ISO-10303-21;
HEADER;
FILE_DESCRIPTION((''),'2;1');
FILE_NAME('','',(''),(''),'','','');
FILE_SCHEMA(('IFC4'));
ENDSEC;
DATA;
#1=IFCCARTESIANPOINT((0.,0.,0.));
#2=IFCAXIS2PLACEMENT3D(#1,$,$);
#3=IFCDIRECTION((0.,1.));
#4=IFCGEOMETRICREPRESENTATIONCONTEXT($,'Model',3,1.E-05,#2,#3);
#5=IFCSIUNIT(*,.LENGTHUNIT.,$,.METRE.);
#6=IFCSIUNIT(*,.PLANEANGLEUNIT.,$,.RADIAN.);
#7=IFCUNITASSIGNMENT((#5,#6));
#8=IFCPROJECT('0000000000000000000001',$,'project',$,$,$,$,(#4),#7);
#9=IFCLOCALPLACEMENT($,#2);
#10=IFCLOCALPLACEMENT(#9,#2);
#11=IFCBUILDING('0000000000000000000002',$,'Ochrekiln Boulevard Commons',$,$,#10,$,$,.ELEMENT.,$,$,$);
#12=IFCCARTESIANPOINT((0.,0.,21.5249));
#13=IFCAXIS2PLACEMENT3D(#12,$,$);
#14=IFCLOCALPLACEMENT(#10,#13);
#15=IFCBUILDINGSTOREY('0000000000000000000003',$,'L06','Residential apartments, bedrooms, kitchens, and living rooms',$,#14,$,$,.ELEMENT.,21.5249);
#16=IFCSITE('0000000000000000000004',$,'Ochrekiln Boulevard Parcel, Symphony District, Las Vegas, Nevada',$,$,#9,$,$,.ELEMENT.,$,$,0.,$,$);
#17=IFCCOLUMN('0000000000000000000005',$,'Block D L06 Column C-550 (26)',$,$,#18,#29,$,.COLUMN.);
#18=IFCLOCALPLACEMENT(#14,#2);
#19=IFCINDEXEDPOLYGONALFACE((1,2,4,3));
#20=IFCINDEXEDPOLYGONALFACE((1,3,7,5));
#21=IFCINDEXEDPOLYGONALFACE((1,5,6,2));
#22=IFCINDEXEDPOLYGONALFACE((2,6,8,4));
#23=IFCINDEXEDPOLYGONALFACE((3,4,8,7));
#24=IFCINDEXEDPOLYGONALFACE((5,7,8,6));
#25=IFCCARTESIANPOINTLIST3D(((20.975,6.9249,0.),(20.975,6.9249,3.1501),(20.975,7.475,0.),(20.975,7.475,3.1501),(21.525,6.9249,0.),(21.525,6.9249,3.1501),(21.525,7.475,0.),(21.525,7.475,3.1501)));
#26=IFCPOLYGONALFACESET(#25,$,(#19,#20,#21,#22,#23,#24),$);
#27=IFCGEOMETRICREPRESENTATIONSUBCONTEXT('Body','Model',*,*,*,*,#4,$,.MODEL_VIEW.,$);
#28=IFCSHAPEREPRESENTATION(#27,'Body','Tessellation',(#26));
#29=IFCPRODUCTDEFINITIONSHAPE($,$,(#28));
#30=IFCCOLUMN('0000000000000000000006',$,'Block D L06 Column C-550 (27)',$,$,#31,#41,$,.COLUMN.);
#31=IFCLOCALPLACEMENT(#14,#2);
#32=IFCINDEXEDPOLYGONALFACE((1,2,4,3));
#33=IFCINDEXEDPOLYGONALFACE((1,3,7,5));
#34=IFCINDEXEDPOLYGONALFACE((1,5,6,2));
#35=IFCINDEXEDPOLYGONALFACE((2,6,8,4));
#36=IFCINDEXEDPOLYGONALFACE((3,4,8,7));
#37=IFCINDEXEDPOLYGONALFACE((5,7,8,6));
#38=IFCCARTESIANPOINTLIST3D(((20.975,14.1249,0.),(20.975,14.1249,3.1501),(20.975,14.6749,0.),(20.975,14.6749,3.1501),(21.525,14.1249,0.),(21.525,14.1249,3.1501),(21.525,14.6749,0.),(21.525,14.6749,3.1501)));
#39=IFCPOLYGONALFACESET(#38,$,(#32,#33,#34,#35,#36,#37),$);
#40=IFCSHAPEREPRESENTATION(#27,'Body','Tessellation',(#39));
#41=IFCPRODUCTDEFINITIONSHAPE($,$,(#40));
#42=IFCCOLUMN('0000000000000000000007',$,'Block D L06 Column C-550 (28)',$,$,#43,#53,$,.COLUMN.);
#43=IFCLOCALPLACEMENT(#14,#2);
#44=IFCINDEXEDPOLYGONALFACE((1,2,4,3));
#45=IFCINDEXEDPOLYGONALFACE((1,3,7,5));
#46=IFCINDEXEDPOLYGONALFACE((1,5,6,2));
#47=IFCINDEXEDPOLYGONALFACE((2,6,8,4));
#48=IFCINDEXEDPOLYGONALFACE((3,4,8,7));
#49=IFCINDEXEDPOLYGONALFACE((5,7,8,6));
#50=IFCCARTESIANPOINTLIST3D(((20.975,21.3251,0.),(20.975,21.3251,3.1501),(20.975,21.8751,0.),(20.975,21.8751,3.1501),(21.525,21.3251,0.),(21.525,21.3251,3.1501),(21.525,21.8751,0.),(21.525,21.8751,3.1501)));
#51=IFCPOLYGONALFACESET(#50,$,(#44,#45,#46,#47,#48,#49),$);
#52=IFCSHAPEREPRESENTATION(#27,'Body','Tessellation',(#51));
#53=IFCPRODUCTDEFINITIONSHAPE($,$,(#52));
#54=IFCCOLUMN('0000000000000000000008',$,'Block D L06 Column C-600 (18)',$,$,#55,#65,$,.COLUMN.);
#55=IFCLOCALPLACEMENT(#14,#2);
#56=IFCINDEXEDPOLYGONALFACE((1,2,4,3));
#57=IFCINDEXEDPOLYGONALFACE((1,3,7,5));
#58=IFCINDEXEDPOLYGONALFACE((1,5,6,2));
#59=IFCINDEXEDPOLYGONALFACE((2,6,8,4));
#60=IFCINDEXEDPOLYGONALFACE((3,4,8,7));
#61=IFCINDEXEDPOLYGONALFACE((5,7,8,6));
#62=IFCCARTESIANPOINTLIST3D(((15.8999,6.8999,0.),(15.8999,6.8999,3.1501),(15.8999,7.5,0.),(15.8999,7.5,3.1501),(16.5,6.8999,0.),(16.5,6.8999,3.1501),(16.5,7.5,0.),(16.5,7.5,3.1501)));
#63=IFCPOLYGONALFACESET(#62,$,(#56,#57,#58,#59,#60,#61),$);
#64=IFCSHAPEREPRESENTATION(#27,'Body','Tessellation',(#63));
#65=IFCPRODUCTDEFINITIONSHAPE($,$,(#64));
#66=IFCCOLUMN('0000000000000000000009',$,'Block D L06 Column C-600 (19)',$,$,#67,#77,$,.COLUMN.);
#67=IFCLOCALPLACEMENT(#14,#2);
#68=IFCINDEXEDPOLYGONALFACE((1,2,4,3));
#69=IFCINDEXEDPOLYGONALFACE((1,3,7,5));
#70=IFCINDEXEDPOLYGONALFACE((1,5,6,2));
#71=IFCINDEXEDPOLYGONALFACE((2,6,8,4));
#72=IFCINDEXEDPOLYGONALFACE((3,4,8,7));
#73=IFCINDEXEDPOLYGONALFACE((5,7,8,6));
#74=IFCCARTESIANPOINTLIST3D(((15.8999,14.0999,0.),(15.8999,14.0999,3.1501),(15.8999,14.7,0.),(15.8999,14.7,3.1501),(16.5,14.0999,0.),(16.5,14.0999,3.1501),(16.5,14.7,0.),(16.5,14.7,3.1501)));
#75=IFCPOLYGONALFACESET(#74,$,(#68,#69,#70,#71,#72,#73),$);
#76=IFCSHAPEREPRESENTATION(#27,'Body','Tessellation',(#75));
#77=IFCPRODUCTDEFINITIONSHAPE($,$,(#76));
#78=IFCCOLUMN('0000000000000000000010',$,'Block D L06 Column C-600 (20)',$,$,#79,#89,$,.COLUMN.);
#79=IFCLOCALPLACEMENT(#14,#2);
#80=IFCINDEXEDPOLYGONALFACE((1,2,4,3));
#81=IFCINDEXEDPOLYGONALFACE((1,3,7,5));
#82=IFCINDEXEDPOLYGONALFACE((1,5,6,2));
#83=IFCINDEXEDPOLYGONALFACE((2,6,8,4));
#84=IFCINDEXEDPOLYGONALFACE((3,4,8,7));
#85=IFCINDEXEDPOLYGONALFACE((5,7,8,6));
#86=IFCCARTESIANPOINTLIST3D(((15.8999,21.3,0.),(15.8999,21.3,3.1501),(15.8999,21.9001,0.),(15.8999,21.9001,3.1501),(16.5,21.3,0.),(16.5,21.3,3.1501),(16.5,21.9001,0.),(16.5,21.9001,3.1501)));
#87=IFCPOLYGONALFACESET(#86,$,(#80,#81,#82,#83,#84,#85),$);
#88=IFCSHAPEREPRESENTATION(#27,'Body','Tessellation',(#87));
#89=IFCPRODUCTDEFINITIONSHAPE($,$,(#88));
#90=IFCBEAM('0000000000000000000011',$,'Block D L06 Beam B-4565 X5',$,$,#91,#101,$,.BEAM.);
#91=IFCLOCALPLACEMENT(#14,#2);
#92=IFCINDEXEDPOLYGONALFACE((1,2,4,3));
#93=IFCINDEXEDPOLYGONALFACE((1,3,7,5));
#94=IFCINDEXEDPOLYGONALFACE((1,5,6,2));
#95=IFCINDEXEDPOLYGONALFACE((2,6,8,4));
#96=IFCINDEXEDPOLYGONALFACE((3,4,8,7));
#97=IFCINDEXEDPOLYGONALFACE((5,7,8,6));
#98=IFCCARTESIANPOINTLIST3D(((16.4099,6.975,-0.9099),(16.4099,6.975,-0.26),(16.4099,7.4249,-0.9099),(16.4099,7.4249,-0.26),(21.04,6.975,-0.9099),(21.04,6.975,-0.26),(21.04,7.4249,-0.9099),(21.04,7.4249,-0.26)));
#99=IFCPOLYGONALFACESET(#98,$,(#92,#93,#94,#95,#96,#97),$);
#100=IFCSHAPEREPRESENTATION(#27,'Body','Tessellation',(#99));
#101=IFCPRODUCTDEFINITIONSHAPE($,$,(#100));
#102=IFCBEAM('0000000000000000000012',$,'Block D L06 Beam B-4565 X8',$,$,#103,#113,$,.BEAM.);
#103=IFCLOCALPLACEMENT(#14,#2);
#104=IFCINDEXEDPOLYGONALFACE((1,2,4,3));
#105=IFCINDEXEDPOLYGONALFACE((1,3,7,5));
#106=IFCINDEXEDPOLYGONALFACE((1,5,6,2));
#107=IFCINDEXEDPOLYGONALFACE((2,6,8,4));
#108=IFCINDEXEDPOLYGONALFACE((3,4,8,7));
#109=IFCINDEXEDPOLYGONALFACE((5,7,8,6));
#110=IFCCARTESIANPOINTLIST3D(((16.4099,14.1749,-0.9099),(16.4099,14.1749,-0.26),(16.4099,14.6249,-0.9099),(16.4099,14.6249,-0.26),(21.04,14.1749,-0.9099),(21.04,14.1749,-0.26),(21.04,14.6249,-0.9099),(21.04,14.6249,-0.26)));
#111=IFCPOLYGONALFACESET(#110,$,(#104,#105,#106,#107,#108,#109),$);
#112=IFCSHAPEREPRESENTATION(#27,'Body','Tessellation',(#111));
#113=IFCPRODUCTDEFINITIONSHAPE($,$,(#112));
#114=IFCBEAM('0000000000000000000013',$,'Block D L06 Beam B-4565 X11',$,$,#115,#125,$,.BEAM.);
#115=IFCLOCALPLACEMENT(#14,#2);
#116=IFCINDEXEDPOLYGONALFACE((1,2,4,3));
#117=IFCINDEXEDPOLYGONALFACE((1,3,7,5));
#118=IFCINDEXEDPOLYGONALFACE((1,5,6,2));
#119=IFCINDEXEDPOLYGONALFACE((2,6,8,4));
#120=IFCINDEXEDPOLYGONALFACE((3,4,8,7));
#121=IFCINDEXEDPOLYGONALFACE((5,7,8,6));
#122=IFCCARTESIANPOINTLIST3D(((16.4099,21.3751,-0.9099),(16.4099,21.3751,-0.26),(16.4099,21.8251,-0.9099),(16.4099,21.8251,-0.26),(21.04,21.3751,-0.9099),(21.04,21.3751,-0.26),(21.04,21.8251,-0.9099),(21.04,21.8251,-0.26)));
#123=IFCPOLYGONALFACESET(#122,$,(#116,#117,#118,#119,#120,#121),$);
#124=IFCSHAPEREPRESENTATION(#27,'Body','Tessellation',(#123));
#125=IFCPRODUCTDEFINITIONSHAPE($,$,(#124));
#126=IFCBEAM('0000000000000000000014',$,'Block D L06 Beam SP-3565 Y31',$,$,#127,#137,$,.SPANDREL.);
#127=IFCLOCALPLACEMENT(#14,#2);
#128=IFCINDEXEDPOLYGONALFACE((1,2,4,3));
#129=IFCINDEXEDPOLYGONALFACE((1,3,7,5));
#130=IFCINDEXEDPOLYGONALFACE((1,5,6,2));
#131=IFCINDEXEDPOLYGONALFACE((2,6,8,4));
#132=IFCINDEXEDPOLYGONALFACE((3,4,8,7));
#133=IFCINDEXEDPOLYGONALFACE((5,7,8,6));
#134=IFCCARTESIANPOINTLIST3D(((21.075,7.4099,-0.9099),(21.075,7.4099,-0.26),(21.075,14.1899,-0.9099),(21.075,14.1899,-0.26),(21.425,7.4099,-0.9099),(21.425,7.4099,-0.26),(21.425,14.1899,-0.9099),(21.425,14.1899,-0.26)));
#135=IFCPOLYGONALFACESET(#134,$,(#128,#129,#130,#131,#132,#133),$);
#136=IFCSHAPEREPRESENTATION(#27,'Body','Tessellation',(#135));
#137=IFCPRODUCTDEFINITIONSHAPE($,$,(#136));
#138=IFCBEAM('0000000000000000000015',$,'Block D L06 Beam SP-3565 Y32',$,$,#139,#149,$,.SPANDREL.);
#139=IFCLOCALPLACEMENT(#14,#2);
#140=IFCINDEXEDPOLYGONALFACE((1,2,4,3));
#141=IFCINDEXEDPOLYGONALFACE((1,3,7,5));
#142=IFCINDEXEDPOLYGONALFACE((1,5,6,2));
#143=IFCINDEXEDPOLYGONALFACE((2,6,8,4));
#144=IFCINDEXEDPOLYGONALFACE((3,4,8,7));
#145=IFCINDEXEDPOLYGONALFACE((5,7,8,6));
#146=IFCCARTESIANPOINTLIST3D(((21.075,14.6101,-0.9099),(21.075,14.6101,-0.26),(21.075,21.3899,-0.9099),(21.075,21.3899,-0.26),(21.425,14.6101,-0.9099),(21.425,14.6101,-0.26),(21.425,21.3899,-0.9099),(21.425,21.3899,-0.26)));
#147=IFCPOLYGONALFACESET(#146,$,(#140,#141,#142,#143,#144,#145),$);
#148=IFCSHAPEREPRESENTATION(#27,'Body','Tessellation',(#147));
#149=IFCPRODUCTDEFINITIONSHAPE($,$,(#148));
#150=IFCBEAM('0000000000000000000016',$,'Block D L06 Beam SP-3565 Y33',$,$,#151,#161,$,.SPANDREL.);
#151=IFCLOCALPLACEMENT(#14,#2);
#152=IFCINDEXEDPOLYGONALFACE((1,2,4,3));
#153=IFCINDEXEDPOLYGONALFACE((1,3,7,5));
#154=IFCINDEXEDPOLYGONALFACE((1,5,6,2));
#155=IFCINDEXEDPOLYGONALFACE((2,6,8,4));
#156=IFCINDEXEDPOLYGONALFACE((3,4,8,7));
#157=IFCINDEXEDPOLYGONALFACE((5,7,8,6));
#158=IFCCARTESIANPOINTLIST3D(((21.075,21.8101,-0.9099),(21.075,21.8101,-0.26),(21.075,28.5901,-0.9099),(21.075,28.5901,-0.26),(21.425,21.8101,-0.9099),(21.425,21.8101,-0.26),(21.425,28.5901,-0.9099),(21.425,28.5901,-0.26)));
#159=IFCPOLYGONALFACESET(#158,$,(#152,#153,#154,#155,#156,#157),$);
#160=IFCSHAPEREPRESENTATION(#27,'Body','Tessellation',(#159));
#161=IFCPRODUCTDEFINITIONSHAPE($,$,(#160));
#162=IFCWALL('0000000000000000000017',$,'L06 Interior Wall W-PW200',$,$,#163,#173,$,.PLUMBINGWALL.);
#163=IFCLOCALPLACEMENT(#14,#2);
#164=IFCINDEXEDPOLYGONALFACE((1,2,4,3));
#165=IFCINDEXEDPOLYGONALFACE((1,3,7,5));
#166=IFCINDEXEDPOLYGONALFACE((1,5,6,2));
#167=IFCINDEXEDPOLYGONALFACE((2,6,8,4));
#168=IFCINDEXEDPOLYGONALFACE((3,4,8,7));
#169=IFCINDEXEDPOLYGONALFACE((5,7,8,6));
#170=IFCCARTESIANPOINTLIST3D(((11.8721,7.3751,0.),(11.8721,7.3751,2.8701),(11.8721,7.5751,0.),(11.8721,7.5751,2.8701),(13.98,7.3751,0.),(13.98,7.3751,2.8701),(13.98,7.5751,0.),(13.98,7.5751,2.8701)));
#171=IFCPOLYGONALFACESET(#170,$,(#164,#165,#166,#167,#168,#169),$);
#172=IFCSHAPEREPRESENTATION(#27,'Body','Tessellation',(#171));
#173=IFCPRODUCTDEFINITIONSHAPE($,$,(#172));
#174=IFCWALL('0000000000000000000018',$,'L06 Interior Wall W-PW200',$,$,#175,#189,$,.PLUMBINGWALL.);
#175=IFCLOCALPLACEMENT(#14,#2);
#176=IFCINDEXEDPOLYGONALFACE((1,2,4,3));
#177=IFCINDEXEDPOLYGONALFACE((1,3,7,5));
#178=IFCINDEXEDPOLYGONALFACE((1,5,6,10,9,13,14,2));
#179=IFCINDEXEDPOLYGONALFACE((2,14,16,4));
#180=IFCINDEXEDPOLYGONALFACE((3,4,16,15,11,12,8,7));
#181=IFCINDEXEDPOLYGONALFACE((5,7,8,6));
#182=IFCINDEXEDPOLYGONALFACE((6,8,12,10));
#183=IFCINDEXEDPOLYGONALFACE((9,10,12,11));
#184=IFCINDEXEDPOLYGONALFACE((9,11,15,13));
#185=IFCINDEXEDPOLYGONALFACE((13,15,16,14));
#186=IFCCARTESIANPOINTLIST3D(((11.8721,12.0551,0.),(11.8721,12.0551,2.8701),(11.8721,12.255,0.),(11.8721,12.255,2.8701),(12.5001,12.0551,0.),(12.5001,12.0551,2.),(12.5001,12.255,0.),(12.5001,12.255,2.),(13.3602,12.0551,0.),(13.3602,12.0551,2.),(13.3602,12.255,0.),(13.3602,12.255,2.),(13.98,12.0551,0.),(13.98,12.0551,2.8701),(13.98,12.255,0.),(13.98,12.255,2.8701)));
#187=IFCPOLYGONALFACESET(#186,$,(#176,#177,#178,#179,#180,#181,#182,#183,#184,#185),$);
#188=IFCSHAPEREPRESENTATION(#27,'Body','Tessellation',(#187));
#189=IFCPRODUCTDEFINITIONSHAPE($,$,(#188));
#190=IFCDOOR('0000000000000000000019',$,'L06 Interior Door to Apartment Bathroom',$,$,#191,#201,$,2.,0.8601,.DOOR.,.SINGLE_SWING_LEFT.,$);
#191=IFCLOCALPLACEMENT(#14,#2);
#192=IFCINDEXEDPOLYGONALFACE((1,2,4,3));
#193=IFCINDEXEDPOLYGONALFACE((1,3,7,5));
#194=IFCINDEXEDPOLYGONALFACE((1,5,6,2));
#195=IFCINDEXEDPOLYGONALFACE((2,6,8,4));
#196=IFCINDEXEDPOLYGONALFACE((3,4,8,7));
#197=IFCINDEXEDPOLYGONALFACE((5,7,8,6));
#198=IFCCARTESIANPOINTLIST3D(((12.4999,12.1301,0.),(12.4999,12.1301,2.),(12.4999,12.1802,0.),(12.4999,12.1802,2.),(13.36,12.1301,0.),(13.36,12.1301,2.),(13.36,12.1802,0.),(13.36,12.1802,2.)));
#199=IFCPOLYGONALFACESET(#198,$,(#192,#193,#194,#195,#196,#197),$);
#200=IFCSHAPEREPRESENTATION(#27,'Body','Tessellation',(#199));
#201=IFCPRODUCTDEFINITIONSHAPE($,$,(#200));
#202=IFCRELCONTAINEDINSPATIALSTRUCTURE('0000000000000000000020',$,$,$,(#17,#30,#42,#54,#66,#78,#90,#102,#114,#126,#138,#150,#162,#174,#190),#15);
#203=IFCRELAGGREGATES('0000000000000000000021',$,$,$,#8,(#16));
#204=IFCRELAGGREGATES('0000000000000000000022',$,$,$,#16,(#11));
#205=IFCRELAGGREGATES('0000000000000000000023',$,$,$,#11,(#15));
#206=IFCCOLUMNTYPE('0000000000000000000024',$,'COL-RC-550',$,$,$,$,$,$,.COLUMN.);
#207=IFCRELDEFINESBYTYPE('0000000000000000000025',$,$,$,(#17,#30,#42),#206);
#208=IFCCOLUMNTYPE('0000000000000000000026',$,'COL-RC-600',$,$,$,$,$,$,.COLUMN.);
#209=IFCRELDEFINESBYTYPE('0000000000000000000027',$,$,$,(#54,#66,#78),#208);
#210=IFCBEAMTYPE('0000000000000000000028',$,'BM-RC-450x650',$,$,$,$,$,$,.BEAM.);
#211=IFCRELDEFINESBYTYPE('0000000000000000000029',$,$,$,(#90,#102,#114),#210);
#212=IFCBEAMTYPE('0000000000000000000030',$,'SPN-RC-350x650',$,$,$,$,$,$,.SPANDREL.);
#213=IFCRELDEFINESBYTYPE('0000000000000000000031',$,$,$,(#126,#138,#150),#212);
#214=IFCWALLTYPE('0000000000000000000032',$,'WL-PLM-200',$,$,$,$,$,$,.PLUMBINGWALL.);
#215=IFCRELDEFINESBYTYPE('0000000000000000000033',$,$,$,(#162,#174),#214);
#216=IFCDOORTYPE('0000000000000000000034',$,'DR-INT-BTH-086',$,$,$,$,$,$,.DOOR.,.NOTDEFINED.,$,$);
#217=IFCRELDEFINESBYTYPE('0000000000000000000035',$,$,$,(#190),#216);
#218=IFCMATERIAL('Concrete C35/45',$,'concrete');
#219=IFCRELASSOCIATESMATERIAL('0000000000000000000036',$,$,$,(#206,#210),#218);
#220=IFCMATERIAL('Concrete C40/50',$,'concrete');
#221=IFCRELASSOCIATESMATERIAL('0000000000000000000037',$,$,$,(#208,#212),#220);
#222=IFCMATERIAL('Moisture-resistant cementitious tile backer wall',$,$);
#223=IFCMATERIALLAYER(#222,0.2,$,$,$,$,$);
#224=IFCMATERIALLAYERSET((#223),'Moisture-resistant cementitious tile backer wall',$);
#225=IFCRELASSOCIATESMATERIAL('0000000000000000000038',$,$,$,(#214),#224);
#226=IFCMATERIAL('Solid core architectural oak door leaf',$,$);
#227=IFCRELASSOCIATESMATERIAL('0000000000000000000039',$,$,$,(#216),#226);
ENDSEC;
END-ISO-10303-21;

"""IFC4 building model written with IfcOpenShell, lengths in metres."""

from ifc_helpers import new_model, si_unit, direction, frame, frame_2d, origin, origin_2d, place, context, subcontext, project, spatial, rectangle, extrude, material, layer, layer_set, material_profile, profile_set, type_object, element, fill, save


model = new_model("IFC4")

# Units and contexts
model_context = context("Model", 3, precision=1e-05, world=origin(), true_north=direction((0.0, 1.0)))
body_context = subcontext(model_context, "Body", "Model", "MODEL_VIEW")
ifc_project = project(units=[si_unit("LENGTHUNIT", "METRE"), si_unit("PLANEANGLEUNIT", "RADIAN")], contexts=[model_context])

# Site, building, storey
site_placement = place(None, origin())
site = spatial("IfcSite", under=ifc_project, at=site_placement, Name="Ochrekiln Boulevard Parcel, Symphony District, Las Vegas, Nevada", CompositionType="ELEMENT", RefElevation=0.0)
building_placement = place(site_placement, origin())
building = spatial("IfcBuilding", under=site, at=building_placement, Name="Ochrekiln Boulevard Commons", CompositionType="ELEMENT")
storey_placement = place(building_placement, frame((0.0, 0.0, 21.5249)))
storey = spatial("IfcBuildingStorey", under=building, at=storey_placement, Name="L06", Description="Residential apartments, bedrooms, kitchens, and living rooms", CompositionType="ELEMENT", Elevation=21.5249)

# Columns
ifc_material_1 = material(Name="Concrete C35/45", Category="concrete")
ifc_material_profile_1 = material_profile(ifc_material_1, rectangle(XDim=0.55, YDim=0.55, at=origin_2d()), Name="RC-COL-550x550")
ifc_profile_set_1 = profile_set([ifc_material_profile_1], Name="Concrete C35/45")
column_type_1 = type_object("IfcColumnType", Name="COL-RC-550", PredefinedType="COLUMN", material=ifc_profile_set_1)
for number, where, z_axis, x_axis, name in (
    (1, (21.25, 7.2, 0.0), (0.0, 0.0, 1.0), (1.0, 0.0, 0.0), "Block D L06 Column C-550 (26)"),
    (2, (21.25, 14.3999, 0.0), (0.0, 0.0, 1.0), (1.0, 0.0, 0.0), "Block D L06 Column C-550 (27)"),
    (3, (21.25, 21.6001, 0.0), (0.0, 0.0, 1.0), (1.0, 0.0, 0.0), "Block D L06 Column C-550 (28)"),
):
    element("IfcColumn", number, at=place(storey_placement, frame(where, z_axis=z_axis, x_axis=x_axis)), inside=storey, type_object=column_type_1, Name=name, PredefinedType="COLUMN", context=body_context, shape_type="SweptSolid", body=[
        extrude(rectangle(XDim=0.55, YDim=0.55, at=origin_2d()), origin(), (0.0, 0.0, 1.0), 3.1501),
    ])
ifc_material_2 = material(Name="Concrete C40/50", Category="concrete")
ifc_material_profile_2 = material_profile(ifc_material_2, rectangle(XDim=0.6001, YDim=0.6001, at=origin_2d()), Name="RC-COL-600x600")
ifc_profile_set_2 = profile_set([ifc_material_profile_2], Name="Concrete C40/50")
column_type_2 = type_object("IfcColumnType", Name="COL-RC-600", PredefinedType="COLUMN", material=ifc_profile_set_2)
for number, where, z_axis, x_axis, name in (
    (4, (16.2, 7.2, 0.0), (0.0, 0.0, 1.0), (1.0, 0.0, 0.0), "Block D L06 Column C-600 (18)"),
    (5, (16.2, 14.3999, 0.0), (0.0, 0.0, 1.0), (1.0, 0.0, 0.0), "Block D L06 Column C-600 (19)"),
    (6, (16.2, 21.6001, 0.0), (0.0, 0.0, 1.0), (1.0, 0.0, 0.0), "Block D L06 Column C-600 (20)"),
):
    element("IfcColumn", number, at=place(storey_placement, frame(where, z_axis=z_axis, x_axis=x_axis)), inside=storey, type_object=column_type_2, Name=name, PredefinedType="COLUMN", context=body_context, shape_type="SweptSolid", body=[
        extrude(rectangle(XDim=0.6001, YDim=0.6001, at=origin_2d()), origin(), (0.0, 0.0, 1.0), 3.1501),
    ])

# Beams
ifc_material_profile_3 = material_profile(ifc_material_1, rectangle(XDim=0.45, YDim=0.6499, at=origin_2d()), Name="RC-BM-450x650")
ifc_profile_set_3 = profile_set([ifc_material_profile_3], Name="Concrete C35/45")
beam_type_1 = type_object("IfcBeamType", Name="BM-RC-450x650", PredefinedType="BEAM", material=ifc_profile_set_3)
for number, where, z_axis, x_axis, name in (
    (7, (16.4099, 7.2, -0.585), (1.0, 0.0, 0.0), (0.0, 1.0, 0.0), "Block D L06 Beam B-4565 X5"),
    (8, (16.4099, 14.3999, -0.585), (1.0, 0.0, 0.0), (0.0, 1.0, 0.0), "Block D L06 Beam B-4565 X8"),
    (9, (16.4099, 21.6001, -0.585), (1.0, 0.0, 0.0), (0.0, 1.0, 0.0), "Block D L06 Beam B-4565 X11"),
):
    element("IfcBeam", number, at=place(storey_placement, frame(where, z_axis=z_axis, x_axis=x_axis)), inside=storey, type_object=beam_type_1, Name=name, PredefinedType="BEAM", context=body_context, shape_type="SweptSolid", body=[
        extrude(rectangle(XDim=0.45, YDim=0.6499, at=origin_2d()), origin(), (0.0, 0.0, 1.0), 4.6301),
    ])
ifc_material_profile_4 = material_profile(ifc_material_2, rectangle(XDim=0.3501, YDim=0.6499, at=origin_2d()), Name="RC-SPN-350x650")
ifc_profile_set_4 = profile_set([ifc_material_profile_4], Name="Concrete C40/50")
beam_type_2 = type_object("IfcBeamType", Name="SPN-RC-350x650", PredefinedType="SPANDREL", material=ifc_profile_set_4)
beam_1_placement = place(storey_placement, frame((21.25, 7.4099, -0.585), z_axis=(0.0, 1.0, 0.0), x_axis=(-1.0, 0.0, 0.0)))
element("IfcBeam", 10, at=beam_1_placement, inside=storey, type_object=beam_type_2, Name="Block D L06 Beam SP-3565 Y31", PredefinedType="SPANDREL", context=body_context, shape_type="SweptSolid", body=[
    extrude(rectangle(XDim=0.3501, YDim=0.6499, at=origin_2d()), origin(), (0.0, 0.0, 1.0), 6.78),
])
beam_2_placement = place(storey_placement, frame((21.25, 14.6101, -0.585), z_axis=(0.0, 1.0, 0.0), x_axis=(-1.0, 0.0, 0.0)))
element("IfcBeam", 11, at=beam_2_placement, inside=storey, type_object=beam_type_2, Name="Block D L06 Beam SP-3565 Y32", PredefinedType="SPANDREL", context=body_context, shape_type="SweptSolid", body=[
    extrude(rectangle(XDim=0.3501, YDim=0.6499, at=origin_2d()), origin(), (0.0, 0.0, 1.0), 6.7798),
])
beam_3_placement = place(storey_placement, frame((21.25, 21.8101, -0.585), z_axis=(0.0, 1.0, 0.0), x_axis=(-1.0, 0.0, 0.0)))
element("IfcBeam", 12, at=beam_3_placement, inside=storey, type_object=beam_type_2, Name="Block D L06 Beam SP-3565 Y33", PredefinedType="SPANDREL", context=body_context, shape_type="SweptSolid", body=[
    extrude(rectangle(XDim=0.3501, YDim=0.6499, at=origin_2d()), origin(), (0.0, 0.0, 1.0), 6.78),
])

# Wall
ifc_material_3 = material(Name="Moisture-resistant cementitious tile backer wall")
ifc_layer_1 = layer(ifc_material_3, 0.2)
ifc_layer_set_1 = layer_set([ifc_layer_1], Name="Moisture-resistant cementitious tile backer wall")
wall_type_1 = type_object("IfcWallType", Name="WL-PLM-200", PredefinedType="PLUMBINGWALL", material=ifc_layer_set_1)
wall_1_placement = place(storey_placement, frame((11.8721, 7.4751, 0.0), z_axis=(0.0, 0.0, 1.0), x_axis=(1.0, 0.0, 0.0)))
element("IfcWall", 13, at=wall_1_placement, inside=storey, type_object=wall_type_1, Name="L06 Interior Wall W-PW200", PredefinedType="PLUMBINGWALL", context=body_context, shape_type="SweptSolid", body=[
    extrude(rectangle(XDim=2.1079, YDim=0.2, at=frame_2d((1.054, 0.0))), origin(), (0.0, 0.0, 1.0), 2.8701),
])

# Wall, opening, door
wall_2_placement = place(storey_placement, frame((11.8721, 12.155, 0.0), z_axis=(0.0, 0.0, 1.0), x_axis=(1.0, 0.0, 0.0)))
wall_2 = element("IfcWall", 14, at=wall_2_placement, inside=storey, type_object=wall_type_1, Name="L06 Interior Wall W-PW200", PredefinedType="PLUMBINGWALL", context=body_context, shape_type="SweptSolid", body=[
    extrude(rectangle(XDim=2.1079, YDim=0.2, at=frame_2d((1.054, 0.0))), origin(), (0.0, 0.0, 1.0), 2.8701),
])
opening_1_placement = place(wall_2_placement, frame((0.6279, 0.0, 0.0)))
opening_1 = element("IfcOpeningElement", 15, at=opening_1_placement, cuts=wall_2, PredefinedType="OPENING", context=body_context, shape_type="SweptSolid", body=[
    extrude(rectangle(XDim=0.8601, YDim=2.0, at=frame_2d((0.4302, 1.0))), frame((0.0, 0.1099, 0.0), z_axis=(0.0, -1.0, 0.0), x_axis=(1.0, 0.0, 0.0)), (0.0, 0.0, 1.0), 0.22),
])
ifc_material_4 = material(Name="Solid core architectural oak door leaf")
door_type_1 = type_object("IfcDoorType", Name="DR-INT-BTH-086", OperationType="NOTDEFINED", PredefinedType="DOOR", material=ifc_material_4)
door_1_placement = place(opening_1_placement, frame((0.8601, 0.0, 0.0), z_axis=(0.0, 0.0, 1.0), x_axis=(-1.0, 0.0, 0.0)))
door_1 = element("IfcDoor", 16, at=door_1_placement, inside=storey, type_object=door_type_1, Name="L06 Interior Door to Apartment Bathroom", OperationType="SINGLE_SWING_LEFT", OverallHeight=2.0, OverallWidth=0.8601, PredefinedType="DOOR", context=body_context, shape_type="SweptSolid", body=[
    extrude(rectangle(XDim=0.8601, YDim=2.0, at=frame_2d((0.4302, 1.0))), frame((0.0, 0.0249, 0.0), z_axis=(0.0, -1.0, 0.0), x_axis=(1.0, 0.0, 0.0)), (0.0, 0.0, 1.0), 0.05),
])
fill(opening_1, door_1)

save(model, "model.ifc")
